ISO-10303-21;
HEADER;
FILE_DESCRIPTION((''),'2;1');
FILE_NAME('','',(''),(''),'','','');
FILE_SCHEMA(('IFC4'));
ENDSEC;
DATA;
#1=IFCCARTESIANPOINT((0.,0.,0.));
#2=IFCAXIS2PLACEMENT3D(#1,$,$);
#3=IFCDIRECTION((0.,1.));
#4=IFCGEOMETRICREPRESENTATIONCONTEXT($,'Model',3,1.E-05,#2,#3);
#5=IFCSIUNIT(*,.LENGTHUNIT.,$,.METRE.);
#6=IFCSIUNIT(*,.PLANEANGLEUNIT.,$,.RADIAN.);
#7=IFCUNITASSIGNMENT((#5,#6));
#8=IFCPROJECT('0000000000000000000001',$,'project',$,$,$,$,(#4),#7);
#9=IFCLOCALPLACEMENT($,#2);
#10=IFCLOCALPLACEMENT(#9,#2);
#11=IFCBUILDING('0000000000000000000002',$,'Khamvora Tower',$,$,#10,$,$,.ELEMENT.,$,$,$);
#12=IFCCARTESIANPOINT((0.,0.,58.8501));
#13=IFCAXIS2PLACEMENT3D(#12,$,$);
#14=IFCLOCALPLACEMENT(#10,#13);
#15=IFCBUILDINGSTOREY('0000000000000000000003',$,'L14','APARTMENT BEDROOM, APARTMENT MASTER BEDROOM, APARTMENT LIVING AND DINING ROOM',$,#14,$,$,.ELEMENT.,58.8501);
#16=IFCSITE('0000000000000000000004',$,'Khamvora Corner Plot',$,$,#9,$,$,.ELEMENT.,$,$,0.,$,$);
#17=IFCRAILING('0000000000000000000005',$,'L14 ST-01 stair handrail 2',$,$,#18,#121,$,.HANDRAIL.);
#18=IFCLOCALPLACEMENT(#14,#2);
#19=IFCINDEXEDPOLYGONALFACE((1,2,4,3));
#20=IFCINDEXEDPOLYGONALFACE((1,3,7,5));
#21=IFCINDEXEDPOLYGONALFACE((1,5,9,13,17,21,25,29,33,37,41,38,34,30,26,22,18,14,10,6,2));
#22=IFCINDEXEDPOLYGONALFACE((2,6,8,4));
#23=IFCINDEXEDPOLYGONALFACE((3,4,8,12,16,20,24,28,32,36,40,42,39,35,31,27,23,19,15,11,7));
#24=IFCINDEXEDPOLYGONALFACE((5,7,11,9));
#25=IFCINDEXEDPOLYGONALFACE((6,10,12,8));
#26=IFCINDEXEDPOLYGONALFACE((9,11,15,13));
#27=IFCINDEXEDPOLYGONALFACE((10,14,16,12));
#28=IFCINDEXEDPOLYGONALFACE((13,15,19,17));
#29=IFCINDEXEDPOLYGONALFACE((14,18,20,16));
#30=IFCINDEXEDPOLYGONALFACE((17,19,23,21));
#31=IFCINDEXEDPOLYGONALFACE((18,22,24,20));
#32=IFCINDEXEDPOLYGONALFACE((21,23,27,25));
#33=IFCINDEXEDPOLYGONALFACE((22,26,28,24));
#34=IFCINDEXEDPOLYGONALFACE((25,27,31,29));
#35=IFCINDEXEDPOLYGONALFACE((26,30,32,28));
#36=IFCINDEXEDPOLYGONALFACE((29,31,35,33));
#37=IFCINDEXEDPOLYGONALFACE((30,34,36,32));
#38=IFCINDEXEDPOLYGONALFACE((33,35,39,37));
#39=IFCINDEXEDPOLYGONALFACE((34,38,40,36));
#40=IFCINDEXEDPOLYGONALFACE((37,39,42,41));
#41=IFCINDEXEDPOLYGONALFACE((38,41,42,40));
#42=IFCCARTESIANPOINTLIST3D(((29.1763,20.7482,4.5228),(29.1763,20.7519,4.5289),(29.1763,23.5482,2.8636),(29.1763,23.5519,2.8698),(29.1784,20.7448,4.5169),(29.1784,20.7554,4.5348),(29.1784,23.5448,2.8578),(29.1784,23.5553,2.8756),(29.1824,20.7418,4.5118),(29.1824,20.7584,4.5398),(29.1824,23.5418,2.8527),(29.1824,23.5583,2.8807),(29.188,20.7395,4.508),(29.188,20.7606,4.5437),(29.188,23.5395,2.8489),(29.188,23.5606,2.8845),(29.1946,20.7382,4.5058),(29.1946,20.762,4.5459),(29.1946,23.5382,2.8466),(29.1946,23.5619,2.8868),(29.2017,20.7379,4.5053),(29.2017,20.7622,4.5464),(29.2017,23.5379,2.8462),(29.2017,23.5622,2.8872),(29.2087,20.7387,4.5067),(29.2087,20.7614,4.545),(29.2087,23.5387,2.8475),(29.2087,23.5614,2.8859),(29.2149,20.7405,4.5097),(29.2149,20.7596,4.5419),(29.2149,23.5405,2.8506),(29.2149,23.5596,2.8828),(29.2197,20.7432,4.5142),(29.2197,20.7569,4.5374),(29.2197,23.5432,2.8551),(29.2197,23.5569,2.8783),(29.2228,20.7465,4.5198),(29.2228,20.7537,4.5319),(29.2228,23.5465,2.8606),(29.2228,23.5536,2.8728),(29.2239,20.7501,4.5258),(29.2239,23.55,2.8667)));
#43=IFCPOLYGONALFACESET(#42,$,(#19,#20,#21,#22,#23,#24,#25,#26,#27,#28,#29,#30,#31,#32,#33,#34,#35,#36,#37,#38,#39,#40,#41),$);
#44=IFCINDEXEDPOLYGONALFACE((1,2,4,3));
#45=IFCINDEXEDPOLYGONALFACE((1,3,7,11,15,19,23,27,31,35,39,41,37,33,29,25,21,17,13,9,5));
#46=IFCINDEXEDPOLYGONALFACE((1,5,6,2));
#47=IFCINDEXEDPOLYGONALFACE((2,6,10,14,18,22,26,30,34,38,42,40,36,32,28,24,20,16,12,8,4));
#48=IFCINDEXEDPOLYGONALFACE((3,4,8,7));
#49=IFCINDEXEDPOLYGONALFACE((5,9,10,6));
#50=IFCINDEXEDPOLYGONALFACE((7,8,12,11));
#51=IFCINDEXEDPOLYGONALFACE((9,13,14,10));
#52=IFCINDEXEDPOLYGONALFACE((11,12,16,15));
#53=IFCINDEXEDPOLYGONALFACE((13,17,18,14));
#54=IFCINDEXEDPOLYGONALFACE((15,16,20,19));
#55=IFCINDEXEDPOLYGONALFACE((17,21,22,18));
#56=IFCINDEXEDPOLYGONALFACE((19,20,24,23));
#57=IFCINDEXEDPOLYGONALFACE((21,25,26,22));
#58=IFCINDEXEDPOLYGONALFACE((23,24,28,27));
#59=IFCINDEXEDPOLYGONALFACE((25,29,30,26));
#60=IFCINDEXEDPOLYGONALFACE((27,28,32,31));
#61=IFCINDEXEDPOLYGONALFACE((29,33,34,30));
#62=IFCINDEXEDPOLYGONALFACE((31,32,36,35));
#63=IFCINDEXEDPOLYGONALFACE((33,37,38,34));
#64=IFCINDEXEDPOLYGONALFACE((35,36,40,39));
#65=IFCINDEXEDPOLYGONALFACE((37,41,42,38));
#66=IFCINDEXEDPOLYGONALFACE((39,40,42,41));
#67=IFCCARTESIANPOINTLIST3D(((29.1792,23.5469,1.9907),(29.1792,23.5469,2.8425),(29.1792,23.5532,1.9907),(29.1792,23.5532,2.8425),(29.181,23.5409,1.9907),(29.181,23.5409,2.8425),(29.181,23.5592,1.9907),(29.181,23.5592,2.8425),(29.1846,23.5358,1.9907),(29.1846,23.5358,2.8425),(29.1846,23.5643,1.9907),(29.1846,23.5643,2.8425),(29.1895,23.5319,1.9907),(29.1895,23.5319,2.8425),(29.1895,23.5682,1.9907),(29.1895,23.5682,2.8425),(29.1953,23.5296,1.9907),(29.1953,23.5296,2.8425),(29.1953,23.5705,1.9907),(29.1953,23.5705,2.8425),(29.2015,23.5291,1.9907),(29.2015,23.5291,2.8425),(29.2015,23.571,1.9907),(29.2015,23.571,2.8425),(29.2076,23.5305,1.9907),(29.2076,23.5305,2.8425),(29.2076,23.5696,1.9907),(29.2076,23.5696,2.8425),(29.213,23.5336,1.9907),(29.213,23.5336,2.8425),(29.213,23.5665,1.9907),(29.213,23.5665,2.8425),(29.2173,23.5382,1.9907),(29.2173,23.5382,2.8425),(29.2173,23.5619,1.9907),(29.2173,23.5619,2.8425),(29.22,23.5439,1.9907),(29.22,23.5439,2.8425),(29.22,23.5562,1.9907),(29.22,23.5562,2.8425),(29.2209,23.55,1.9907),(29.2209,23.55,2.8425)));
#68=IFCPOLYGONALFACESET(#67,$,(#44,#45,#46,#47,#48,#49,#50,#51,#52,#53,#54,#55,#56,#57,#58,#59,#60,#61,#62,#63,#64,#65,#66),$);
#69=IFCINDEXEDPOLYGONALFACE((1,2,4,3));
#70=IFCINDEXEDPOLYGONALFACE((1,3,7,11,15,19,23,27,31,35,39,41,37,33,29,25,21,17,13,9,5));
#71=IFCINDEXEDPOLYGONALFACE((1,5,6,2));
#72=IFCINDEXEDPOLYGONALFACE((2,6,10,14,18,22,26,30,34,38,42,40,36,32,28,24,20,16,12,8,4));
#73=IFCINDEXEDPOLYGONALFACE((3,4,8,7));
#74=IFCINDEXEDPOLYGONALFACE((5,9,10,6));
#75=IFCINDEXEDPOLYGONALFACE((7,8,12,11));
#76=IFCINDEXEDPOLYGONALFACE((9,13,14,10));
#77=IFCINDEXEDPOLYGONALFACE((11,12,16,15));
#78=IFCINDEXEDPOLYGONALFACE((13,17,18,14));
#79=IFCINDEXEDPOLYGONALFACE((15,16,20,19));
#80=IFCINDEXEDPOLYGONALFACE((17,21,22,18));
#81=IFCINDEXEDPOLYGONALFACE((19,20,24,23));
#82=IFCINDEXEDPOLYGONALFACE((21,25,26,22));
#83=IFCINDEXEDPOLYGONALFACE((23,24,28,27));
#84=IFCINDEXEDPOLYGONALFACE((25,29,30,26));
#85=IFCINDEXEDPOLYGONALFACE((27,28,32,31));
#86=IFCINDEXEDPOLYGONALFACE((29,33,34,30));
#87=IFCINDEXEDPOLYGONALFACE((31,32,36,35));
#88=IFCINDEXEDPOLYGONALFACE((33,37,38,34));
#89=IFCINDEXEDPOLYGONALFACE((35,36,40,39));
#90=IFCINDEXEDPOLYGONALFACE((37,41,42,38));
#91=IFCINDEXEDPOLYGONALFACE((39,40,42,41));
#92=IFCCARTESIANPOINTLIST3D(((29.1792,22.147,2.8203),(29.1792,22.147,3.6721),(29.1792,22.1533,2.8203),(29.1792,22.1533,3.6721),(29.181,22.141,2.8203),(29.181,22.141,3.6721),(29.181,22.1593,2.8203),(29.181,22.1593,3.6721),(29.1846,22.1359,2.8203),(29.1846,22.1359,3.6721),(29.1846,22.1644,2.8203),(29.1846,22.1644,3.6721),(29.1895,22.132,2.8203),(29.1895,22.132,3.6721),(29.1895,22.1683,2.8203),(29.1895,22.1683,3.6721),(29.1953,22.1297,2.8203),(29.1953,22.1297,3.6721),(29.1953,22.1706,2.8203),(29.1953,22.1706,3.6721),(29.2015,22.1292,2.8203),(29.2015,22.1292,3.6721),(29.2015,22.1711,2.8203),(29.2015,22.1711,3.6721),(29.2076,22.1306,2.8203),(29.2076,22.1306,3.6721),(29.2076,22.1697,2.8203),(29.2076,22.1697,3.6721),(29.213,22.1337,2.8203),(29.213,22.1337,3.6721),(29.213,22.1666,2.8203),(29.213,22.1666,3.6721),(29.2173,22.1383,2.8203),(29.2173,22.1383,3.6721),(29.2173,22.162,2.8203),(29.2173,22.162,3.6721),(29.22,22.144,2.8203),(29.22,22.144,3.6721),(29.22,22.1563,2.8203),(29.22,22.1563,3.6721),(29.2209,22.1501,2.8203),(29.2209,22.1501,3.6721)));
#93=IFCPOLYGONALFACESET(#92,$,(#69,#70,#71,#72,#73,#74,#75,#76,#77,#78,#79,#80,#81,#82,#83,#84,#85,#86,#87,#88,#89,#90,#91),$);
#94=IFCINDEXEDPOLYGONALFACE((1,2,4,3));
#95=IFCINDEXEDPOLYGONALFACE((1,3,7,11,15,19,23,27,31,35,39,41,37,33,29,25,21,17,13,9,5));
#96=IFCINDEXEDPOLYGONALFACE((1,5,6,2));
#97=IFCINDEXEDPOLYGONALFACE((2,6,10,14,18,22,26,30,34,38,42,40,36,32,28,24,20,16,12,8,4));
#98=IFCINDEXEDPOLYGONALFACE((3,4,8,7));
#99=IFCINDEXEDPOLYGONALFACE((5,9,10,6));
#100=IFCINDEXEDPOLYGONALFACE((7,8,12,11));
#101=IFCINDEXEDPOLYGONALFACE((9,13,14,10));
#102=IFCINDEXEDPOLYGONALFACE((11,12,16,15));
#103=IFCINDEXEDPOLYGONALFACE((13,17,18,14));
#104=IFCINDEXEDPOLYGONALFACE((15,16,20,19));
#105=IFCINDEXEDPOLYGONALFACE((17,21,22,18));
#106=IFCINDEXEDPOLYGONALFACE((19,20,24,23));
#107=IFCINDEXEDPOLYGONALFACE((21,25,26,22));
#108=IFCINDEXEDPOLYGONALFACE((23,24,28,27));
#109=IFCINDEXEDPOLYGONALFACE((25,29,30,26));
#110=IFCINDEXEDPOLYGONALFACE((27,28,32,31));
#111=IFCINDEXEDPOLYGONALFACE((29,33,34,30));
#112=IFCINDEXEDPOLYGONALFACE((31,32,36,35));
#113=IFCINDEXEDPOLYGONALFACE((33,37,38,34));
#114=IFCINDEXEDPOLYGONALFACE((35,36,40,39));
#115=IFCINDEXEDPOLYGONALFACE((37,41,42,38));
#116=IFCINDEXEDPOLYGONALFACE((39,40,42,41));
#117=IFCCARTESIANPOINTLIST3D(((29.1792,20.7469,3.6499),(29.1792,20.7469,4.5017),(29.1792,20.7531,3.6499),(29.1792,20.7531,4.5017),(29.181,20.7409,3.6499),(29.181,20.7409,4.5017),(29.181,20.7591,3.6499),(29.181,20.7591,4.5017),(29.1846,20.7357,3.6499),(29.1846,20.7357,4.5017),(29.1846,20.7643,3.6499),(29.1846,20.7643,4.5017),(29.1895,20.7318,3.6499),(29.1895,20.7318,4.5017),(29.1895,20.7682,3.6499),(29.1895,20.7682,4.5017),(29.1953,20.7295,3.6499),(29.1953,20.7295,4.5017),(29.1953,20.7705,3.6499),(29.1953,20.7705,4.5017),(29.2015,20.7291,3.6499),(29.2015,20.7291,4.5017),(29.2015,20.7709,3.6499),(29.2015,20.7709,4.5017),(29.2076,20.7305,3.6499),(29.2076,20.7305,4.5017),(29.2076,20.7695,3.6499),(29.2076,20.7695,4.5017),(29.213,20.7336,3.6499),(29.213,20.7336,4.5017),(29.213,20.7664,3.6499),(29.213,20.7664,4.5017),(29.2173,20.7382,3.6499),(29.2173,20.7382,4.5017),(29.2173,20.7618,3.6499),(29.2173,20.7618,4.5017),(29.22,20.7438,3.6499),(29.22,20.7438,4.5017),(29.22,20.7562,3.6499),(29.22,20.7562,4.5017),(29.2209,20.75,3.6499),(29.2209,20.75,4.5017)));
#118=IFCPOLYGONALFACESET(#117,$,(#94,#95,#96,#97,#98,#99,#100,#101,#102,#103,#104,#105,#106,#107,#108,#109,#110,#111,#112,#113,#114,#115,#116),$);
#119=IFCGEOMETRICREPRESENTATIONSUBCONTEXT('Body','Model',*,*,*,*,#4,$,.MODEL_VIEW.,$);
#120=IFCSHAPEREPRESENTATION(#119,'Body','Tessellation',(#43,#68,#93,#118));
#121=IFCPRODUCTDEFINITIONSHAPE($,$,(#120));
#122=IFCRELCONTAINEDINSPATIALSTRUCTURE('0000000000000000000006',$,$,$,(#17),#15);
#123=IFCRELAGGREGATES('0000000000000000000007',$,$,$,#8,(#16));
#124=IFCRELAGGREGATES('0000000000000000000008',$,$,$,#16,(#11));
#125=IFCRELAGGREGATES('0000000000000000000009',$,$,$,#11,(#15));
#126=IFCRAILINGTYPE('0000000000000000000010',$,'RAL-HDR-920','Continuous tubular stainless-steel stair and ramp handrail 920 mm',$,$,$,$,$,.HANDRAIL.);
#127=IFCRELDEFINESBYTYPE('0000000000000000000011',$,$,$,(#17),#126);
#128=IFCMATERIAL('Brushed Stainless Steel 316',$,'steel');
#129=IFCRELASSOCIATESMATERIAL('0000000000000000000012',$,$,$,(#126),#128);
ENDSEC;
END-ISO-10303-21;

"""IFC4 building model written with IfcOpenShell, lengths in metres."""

from ifc_helpers import new_model, si_unit, direction, frame, origin, origin_2d, place, context, subcontext, project, spatial, circle, extrude, material, type_object, element, save


model = new_model("IFC4")

# Units and contexts
model_context = context("Model", 3, precision=1e-05, world=origin(), true_north=direction((0.0, 1.0)))
body_context = subcontext(model_context, "Body", "Model", "MODEL_VIEW")
ifc_project = project(units=[si_unit("LENGTHUNIT", "METRE"), si_unit("PLANEANGLEUNIT", "RADIAN")], contexts=[model_context])

# Site, building, storey
site_placement = place(None, origin())
site = spatial("IfcSite", under=ifc_project, at=site_placement, Name="Khamvora Corner Plot", CompositionType="ELEMENT", RefElevation=0.0)
building_placement = place(site_placement, origin())
building = spatial("IfcBuilding", under=site, at=building_placement, Name="Khamvora Tower", CompositionType="ELEMENT")
storey_placement = place(building_placement, frame((0.0, 0.0, 58.8501)))
storey = spatial("IfcBuildingStorey", under=building, at=storey_placement, Name="L14", Description="APARTMENT BEDROOM, APARTMENT MASTER BEDROOM, APARTMENT LIVING AND DINING ROOM", CompositionType="ELEMENT", Elevation=58.8501)

# Railing
ifc_material_1 = material(Name="Brushed Stainless Steel 316", Category="steel")
railing_type_1 = type_object("IfcRailingType", Name="RAL-HDR-920", Description="Continuous tubular stainless-steel stair and ramp handrail 920 mm", PredefinedType="HANDRAIL", material=ifc_material_1)
railing_1_placement = place(storey_placement, frame((29.2, 23.55, 1.9907)))
element("IfcRailing", 1, at=railing_1_placement, inside=storey, type_object=railing_type_1, Name="L14 ST-01 stair handrail 2", PredefinedType="HANDRAIL", context=body_context, shape_type="SweptSolid", body=[
    extrude(circle(Radius=0.0239, at=origin_2d()), frame((0.0, 0.0, 0.876), z_axis=(0.0, -0.860306, 0.509778), x_axis=(1.0, 0.0, 0.0)), (0.0, 0.0, 1.0), 3.2546),
    extrude(circle(Radius=0.021, at=origin_2d()), origin(), (0.0, 0.0, 1.0), 0.8518),
    extrude(circle(Radius=0.021, at=origin_2d()), frame((0.0, -1.3999, 0.8296)), (0.0, 0.0, 1.0), 0.8518),
    extrude(circle(Radius=0.021, at=origin_2d()), frame((0.0, -2.8, 1.6592)), (0.0, 0.0, 1.0), 0.8518),
])

save(model, "model.ifc")
